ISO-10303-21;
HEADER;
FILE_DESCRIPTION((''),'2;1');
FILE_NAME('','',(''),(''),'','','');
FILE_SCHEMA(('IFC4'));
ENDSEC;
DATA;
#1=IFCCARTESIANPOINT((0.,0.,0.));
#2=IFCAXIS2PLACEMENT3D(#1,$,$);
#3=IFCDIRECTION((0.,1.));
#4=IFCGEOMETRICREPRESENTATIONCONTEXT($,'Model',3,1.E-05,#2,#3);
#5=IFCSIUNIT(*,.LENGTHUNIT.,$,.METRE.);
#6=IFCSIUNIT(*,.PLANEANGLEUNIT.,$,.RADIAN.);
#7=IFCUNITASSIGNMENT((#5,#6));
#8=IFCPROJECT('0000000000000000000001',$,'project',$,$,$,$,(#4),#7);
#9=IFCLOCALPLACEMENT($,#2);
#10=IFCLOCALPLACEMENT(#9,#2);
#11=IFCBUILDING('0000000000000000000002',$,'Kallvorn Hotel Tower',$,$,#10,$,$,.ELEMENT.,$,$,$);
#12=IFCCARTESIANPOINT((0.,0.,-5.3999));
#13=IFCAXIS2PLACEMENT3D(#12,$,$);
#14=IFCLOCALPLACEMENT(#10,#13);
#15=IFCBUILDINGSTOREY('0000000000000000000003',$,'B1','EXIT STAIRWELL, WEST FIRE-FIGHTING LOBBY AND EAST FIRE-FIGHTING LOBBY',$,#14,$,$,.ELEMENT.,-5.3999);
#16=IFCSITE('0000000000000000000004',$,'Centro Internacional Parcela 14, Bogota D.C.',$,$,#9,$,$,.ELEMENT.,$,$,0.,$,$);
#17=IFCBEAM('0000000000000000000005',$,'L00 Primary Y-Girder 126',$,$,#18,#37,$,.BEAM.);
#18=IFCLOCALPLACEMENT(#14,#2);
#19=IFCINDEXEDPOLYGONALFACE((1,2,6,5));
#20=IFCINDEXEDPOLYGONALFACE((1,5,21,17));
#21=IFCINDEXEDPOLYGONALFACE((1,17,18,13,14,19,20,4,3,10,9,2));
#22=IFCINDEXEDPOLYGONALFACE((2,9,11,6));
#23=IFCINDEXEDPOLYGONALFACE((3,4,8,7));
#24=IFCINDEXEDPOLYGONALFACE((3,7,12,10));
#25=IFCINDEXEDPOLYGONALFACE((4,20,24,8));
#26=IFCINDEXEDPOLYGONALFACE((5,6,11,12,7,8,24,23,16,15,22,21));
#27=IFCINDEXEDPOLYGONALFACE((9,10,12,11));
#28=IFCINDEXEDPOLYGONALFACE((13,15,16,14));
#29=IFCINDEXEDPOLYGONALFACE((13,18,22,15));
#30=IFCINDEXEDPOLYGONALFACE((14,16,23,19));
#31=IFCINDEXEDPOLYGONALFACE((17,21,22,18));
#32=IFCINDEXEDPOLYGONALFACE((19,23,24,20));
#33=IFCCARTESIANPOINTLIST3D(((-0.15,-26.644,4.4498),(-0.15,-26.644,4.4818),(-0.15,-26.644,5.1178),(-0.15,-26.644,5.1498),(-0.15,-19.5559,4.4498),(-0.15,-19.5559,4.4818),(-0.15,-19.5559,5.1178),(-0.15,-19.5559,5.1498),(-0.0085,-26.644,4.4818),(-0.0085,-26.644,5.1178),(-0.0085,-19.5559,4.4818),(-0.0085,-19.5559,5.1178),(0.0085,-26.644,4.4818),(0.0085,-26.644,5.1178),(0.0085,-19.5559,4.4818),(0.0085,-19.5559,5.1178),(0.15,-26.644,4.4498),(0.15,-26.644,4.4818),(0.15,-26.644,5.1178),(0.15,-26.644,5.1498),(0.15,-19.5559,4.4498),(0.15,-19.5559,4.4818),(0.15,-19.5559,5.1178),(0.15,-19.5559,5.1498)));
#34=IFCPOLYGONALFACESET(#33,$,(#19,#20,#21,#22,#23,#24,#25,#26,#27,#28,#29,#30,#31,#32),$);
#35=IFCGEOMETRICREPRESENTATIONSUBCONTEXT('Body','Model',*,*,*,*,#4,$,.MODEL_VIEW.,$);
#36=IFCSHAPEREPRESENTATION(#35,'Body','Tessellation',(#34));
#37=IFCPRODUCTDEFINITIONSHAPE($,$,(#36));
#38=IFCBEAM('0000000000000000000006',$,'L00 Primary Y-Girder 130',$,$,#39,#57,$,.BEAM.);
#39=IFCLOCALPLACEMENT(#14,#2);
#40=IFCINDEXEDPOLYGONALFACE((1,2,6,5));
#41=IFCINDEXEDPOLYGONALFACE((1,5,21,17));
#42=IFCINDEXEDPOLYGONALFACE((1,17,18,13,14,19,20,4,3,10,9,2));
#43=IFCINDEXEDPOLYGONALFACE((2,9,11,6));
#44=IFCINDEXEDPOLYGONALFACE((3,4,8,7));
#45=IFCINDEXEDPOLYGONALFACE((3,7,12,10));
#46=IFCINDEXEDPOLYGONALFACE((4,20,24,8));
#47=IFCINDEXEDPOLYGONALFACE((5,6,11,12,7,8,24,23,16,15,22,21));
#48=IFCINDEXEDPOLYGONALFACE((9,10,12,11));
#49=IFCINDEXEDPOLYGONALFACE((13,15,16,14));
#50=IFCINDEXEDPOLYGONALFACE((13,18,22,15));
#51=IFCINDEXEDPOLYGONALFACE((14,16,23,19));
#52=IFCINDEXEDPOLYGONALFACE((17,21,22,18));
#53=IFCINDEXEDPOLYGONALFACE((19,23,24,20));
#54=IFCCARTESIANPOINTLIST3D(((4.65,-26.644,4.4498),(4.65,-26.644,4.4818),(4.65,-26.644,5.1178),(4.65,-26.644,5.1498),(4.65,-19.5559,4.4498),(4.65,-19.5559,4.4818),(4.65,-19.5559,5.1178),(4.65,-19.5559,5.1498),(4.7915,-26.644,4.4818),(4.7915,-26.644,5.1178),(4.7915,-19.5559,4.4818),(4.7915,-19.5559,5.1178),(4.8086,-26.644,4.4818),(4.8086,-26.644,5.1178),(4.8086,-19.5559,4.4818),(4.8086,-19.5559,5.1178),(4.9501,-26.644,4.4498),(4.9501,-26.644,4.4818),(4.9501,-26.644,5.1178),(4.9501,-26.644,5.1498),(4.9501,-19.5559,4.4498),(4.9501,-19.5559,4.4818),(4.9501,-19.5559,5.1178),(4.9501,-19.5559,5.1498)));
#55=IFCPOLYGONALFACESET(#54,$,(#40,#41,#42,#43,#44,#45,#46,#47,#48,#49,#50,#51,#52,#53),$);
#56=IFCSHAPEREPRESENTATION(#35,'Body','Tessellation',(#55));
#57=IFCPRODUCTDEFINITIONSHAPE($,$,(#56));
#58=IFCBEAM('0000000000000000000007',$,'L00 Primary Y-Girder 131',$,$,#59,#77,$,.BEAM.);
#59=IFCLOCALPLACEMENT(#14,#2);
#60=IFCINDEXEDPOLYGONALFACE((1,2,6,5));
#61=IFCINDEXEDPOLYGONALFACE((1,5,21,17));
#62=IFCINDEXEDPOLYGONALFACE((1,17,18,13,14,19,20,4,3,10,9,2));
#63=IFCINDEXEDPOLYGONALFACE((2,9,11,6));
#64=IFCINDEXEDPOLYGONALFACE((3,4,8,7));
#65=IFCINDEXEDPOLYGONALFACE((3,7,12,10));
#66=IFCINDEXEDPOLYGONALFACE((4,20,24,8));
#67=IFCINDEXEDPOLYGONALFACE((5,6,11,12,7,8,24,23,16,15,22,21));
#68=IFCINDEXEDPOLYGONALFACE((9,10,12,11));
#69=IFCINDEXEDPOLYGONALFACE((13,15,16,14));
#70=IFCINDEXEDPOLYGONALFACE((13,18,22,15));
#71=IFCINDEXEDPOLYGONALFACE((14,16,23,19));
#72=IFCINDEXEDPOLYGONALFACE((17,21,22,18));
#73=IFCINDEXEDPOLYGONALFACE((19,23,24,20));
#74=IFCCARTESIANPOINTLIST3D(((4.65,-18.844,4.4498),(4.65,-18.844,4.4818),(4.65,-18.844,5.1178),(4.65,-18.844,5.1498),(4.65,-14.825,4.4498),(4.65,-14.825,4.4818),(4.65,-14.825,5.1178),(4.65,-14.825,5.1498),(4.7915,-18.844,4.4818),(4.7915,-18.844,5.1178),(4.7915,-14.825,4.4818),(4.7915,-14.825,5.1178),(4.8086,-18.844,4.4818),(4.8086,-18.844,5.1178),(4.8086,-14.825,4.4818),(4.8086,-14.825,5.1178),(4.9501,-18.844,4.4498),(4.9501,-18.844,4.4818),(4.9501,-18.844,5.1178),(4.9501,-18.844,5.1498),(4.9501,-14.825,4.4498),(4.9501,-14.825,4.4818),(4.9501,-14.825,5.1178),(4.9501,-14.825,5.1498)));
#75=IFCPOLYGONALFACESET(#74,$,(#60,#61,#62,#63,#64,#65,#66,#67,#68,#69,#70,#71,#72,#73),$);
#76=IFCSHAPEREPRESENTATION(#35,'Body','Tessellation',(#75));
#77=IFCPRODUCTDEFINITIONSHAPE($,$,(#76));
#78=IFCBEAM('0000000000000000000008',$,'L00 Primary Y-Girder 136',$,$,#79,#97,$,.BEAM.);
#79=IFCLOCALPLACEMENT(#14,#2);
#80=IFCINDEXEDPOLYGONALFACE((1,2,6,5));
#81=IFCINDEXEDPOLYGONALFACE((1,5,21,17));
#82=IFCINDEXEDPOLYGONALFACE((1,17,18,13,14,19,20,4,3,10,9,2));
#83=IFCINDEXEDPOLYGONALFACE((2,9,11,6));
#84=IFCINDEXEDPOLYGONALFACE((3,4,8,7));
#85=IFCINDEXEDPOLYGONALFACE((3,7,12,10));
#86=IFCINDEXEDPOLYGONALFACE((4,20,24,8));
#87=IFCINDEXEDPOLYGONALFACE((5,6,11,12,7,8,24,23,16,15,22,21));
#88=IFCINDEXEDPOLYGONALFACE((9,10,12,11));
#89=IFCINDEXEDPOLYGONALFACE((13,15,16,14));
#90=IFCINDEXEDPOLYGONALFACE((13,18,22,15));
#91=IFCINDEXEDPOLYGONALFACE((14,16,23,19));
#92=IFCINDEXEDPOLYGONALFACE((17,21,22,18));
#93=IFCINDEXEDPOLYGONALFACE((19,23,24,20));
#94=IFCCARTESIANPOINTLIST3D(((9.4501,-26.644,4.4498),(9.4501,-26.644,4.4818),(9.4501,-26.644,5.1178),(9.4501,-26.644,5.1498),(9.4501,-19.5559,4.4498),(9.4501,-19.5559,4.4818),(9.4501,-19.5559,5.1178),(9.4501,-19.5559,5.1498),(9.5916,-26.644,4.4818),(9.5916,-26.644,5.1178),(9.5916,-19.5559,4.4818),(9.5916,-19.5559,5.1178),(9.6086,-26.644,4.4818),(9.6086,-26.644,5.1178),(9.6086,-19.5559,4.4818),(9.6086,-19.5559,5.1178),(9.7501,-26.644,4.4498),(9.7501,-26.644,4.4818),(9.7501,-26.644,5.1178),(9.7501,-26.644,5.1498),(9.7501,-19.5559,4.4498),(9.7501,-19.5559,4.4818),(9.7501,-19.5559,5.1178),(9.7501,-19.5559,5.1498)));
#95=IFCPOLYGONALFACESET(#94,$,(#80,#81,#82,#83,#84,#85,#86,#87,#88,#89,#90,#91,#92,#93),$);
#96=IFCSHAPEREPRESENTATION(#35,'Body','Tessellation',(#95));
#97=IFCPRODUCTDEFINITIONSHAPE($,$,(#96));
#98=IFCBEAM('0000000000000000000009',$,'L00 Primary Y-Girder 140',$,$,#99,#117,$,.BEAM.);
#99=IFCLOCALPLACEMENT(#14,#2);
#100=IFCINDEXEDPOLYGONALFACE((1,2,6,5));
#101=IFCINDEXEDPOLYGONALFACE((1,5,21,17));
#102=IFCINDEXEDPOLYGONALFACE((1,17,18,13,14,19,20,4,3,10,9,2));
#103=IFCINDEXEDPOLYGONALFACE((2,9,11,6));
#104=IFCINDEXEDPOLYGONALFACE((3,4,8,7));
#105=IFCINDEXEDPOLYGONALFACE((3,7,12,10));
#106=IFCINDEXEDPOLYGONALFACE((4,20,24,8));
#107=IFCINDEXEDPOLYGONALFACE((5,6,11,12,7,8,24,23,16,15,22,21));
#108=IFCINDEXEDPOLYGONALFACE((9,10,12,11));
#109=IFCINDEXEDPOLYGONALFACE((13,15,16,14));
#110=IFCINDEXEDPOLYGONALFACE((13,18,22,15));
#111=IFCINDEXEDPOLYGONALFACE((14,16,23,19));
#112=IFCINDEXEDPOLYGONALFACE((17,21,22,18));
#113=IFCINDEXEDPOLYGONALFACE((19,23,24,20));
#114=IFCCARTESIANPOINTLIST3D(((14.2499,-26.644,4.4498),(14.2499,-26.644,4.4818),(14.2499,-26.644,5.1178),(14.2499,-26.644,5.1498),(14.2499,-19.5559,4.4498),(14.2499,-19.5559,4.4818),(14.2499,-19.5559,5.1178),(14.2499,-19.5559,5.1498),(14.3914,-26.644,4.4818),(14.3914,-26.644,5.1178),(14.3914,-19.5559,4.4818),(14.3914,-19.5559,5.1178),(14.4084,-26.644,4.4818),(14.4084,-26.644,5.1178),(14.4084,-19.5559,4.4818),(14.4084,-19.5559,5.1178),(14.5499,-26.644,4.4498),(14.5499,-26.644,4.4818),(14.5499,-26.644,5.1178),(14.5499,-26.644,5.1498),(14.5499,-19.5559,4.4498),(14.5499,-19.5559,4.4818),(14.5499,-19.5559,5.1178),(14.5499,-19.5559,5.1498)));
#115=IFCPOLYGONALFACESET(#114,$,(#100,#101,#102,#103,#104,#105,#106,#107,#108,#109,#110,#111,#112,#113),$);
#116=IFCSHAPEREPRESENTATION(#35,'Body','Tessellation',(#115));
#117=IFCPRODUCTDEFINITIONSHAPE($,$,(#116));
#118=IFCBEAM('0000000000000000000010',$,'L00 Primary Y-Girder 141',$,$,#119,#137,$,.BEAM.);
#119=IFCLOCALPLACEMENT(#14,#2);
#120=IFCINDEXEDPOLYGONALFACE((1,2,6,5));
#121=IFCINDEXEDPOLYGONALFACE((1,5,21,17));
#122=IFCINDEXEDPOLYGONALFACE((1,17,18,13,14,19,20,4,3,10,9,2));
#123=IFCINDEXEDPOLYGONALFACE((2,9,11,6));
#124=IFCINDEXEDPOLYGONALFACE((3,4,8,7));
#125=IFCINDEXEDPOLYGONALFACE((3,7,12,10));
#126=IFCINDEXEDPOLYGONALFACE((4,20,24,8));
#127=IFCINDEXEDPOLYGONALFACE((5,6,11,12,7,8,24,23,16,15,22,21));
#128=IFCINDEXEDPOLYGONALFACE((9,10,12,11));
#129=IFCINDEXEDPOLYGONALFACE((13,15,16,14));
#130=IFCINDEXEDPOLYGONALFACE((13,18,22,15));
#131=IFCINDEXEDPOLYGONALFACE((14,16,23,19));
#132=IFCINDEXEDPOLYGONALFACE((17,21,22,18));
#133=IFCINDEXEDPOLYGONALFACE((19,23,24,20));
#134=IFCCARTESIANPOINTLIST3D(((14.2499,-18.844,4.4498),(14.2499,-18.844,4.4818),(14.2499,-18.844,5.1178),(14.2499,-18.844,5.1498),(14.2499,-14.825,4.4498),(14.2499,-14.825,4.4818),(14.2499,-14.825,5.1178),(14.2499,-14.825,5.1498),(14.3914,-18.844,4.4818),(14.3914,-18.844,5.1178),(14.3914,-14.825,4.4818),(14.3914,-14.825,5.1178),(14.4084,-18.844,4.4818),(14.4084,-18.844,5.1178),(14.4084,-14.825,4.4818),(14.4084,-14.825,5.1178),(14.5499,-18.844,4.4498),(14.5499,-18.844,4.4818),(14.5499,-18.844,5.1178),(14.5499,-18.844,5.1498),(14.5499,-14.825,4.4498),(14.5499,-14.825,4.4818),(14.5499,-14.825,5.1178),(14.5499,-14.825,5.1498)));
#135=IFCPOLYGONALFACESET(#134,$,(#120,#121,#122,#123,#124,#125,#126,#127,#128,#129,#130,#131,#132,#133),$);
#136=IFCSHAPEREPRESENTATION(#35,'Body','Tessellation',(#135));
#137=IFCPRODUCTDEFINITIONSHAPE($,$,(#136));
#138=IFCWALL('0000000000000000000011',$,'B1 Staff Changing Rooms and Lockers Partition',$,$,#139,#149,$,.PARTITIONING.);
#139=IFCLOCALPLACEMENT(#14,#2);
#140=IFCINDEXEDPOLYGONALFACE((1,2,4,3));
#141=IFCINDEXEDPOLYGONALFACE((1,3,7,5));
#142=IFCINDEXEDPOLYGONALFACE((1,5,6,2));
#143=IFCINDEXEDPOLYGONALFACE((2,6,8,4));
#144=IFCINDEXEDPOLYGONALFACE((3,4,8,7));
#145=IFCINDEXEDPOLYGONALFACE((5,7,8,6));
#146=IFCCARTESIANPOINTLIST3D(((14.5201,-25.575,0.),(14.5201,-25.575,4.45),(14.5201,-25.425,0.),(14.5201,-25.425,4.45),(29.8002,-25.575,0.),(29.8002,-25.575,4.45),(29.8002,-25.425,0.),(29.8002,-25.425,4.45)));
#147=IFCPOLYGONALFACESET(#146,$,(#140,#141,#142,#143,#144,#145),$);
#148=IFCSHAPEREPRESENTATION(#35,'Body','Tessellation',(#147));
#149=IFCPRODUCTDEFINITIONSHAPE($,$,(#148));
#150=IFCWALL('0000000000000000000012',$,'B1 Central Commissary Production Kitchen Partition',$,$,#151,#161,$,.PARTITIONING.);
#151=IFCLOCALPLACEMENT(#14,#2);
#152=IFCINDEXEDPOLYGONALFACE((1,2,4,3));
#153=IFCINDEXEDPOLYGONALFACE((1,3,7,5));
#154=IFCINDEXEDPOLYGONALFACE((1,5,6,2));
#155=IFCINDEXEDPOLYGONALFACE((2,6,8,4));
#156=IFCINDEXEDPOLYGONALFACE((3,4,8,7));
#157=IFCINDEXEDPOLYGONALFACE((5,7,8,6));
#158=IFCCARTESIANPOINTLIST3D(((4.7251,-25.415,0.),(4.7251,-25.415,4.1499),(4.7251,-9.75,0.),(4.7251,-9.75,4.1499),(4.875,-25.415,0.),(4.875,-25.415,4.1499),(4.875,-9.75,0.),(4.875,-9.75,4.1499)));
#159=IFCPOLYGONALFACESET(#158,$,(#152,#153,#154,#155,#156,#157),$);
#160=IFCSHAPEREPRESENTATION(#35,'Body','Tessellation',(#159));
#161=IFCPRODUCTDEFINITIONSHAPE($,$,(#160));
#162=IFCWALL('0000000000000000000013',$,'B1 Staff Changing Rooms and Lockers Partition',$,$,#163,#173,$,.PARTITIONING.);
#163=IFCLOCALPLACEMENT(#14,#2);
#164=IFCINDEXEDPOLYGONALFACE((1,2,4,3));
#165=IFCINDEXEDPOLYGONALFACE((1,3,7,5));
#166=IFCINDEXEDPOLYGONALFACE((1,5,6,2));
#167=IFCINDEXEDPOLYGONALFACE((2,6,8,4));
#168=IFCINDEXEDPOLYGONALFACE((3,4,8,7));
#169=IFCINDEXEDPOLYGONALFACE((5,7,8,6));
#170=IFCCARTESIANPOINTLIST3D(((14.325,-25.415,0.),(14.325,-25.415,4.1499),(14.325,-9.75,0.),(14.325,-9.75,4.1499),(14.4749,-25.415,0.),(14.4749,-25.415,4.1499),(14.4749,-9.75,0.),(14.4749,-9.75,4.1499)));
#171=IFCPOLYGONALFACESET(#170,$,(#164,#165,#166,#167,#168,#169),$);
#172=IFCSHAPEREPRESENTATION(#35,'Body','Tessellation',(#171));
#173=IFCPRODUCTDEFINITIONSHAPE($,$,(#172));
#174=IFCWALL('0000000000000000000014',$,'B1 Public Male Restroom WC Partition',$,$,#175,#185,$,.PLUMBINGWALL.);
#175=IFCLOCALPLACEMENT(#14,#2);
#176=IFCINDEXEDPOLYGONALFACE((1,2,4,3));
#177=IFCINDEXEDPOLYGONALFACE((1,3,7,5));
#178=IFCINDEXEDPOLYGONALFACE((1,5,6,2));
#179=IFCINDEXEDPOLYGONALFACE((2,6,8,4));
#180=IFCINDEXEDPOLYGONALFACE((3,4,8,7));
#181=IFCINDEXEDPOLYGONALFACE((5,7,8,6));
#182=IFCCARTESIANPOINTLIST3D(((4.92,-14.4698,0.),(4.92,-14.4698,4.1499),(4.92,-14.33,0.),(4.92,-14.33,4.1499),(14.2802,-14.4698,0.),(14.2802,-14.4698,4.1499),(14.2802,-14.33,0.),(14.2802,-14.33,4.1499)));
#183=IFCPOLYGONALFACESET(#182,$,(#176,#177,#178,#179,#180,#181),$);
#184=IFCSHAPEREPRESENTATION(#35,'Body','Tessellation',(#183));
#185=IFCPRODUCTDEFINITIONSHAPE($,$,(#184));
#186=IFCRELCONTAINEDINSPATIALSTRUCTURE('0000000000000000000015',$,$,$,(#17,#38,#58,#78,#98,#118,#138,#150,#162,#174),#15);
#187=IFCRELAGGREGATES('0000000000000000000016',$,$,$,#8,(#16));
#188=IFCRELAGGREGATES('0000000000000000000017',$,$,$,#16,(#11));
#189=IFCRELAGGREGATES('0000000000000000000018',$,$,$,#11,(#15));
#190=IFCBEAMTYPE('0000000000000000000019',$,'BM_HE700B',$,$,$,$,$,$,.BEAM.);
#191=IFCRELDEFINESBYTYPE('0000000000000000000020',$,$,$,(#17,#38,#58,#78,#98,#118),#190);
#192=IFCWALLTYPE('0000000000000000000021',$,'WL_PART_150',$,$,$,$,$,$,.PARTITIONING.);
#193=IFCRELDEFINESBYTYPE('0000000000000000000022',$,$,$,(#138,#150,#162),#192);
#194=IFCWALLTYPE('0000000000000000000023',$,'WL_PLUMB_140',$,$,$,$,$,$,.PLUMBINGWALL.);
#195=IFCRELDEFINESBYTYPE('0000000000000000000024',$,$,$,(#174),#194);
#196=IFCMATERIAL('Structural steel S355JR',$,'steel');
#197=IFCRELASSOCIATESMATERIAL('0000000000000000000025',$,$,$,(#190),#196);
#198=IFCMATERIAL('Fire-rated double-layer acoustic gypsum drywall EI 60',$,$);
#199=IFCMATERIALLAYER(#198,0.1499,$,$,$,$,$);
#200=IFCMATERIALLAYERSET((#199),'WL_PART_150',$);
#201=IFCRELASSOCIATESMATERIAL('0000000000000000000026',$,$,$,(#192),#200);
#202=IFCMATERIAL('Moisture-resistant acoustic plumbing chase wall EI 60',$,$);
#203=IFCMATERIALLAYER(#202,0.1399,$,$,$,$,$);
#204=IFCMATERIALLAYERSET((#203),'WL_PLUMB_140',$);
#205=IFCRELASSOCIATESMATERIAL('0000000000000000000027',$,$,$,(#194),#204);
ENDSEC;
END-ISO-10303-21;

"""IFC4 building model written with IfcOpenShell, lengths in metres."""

from ifc_helpers import new_model, si_unit, direction, frame, frame_2d, origin, origin_2d, place, context, subcontext, project, spatial, rectangle, i_section, extrude, material, layer, layer_set, material_profile, profile_set, type_object, element, save


model = new_model("IFC4")

# Units and contexts
model_context = context("Model", 3, precision=1e-05, world=origin(), true_north=direction((0.0, 1.0)))
body_context = subcontext(model_context, "Body", "Model", "MODEL_VIEW")
ifc_project = project(units=[si_unit("LENGTHUNIT", "METRE"), si_unit("PLANEANGLEUNIT", "RADIAN")], contexts=[model_context])

# Site, building, storey
site_placement = place(None, origin())
site = spatial("IfcSite", under=ifc_project, at=site_placement, Name="Centro Internacional Parcela 14, Bogota D.C.", CompositionType="ELEMENT", RefElevation=0.0)
building_placement = place(site_placement, origin())
building = spatial("IfcBuilding", under=site, at=building_placement, Name="Kallvorn Hotel Tower", CompositionType="ELEMENT")
storey_placement = place(building_placement, frame((0.0, 0.0, -5.3999)))
storey = spatial("IfcBuildingStorey", under=building, at=storey_placement, Name="B1", Description="EXIT STAIRWELL, WEST FIRE-FIGHTING LOBBY AND EAST FIRE-FIGHTING LOBBY", CompositionType="ELEMENT", Elevation=-5.3999)

# Beams
ifc_material_1 = material(Name="Structural steel S355JR", Category="steel")
ifc_material_profile_1 = material_profile(ifc_material_1, i_section(OverallWidth=0.3, OverallDepth=0.7, WebThickness=0.0171, FlangeThickness=0.032, at=origin_2d()), Name="HE 700 B")
ifc_profile_set_1 = profile_set([ifc_material_profile_1], Name="Structural steel S355JR")
beam_type_1 = type_object("IfcBeamType", Name="BM_HE700B", PredefinedType="BEAM", material=ifc_profile_set_1)
for number, where, z_axis, x_axis, name in (
    (1, (0.0, -26.644, 4.7998), (0.0, 1.0, 0.0), (-1.0, 0.0, 0.0), "L00 Primary Y-Girder 126"),
    (2, (4.8, -26.644, 4.7998), (0.0, 1.0, 0.0), (-1.0, 0.0, 0.0), "L00 Primary Y-Girder 130"),
):
    element("IfcBeam", number, at=place(storey_placement, frame(where, z_axis=z_axis, x_axis=x_axis)), inside=storey, type_object=beam_type_1, Name=name, PredefinedType="BEAM", context=body_context, shape_type="SweptSolid", body=[
        extrude(i_section(OverallWidth=0.3, OverallDepth=0.7, WebThickness=0.0171, FlangeThickness=0.032, at=origin_2d()), origin(), (0.0, 0.0, 1.0), 7.0881),
    ])
beam_1_placement = place(storey_placement, frame((4.8, -18.844, 4.7998), z_axis=(0.0, 1.0, 0.0), x_axis=(-1.0, 0.0, 0.0)))
element("IfcBeam", 3, at=beam_1_placement, inside=storey, type_object=beam_type_1, Name="L00 Primary Y-Girder 131", PredefinedType="BEAM", context=body_context, shape_type="SweptSolid", body=[
    extrude(i_section(OverallWidth=0.3, OverallDepth=0.7, WebThickness=0.0171, FlangeThickness=0.032, at=origin_2d()), origin(), (0.0, 0.0, 1.0), 4.019),
])
for number, where, z_axis, x_axis, name in (
    (4, (9.6001, -26.644, 4.7998), (0.0, 1.0, 0.0), (-1.0, 0.0, 0.0), "L00 Primary Y-Girder 136"),
    (5, (14.3999, -26.644, 4.7998), (0.0, 1.0, 0.0), (-1.0, 0.0, 0.0), "L00 Primary Y-Girder 140"),
):
    element("IfcBeam", number, at=place(storey_placement, frame(where, z_axis=z_axis, x_axis=x_axis)), inside=storey, type_object=beam_type_1, Name=name, PredefinedType="BEAM", context=body_context, shape_type="SweptSolid", body=[
        extrude(i_section(OverallWidth=0.3, OverallDepth=0.7, WebThickness=0.0171, FlangeThickness=0.032, at=origin_2d()), origin(), (0.0, 0.0, 1.0), 7.0881),
    ])
beam_2_placement = place(storey_placement, frame((14.3999, -18.844, 4.7998), z_axis=(0.0, 1.0, 0.0), x_axis=(-1.0, 0.0, 0.0)))
element("IfcBeam", 6, at=beam_2_placement, inside=storey, type_object=beam_type_1, Name="L00 Primary Y-Girder 141", PredefinedType="BEAM", context=body_context, shape_type="SweptSolid", body=[
    extrude(i_section(OverallWidth=0.3, OverallDepth=0.7, WebThickness=0.0171, FlangeThickness=0.032, at=origin_2d()), origin(), (0.0, 0.0, 1.0), 4.019),
])

# Walls
ifc_material_2 = material(Name="Fire-rated double-layer acoustic gypsum drywall EI 60")
ifc_layer_1 = layer(ifc_material_2, 0.1499)
ifc_layer_set_1 = layer_set([ifc_layer_1], Name="WL_PART_150")
wall_type_1 = type_object("IfcWallType", Name="WL_PART_150", PredefinedType="PARTITIONING", material=ifc_layer_set_1)
wall_1_placement = place(storey_placement, frame((14.52, -25.5, 0.0), z_axis=(0.0, 0.0, 1.0), x_axis=(1.0, 0.0, 0.0)))
element("IfcWall", 7, at=wall_1_placement, inside=storey, type_object=wall_type_1, Name="B1 Staff Changing Rooms and Lockers Partition", PredefinedType="PARTITIONING", context=body_context, shape_type="SweptSolid", body=[
    extrude(rectangle(XDim=15.28, YDim=0.1499, at=frame_2d((7.6401, 0.0))), origin(), (0.0, 0.0, 1.0), 4.45),
])
for number, where, z_axis, x_axis, name in (
    (8, (4.8, -25.415, 0.0), (0.0, 0.0, 1.0), (0.0, 1.0, 0.0), "B1 Central Commissary Production Kitchen Partition"),
    (9, (14.3999, -25.415, 0.0), (0.0, 0.0, 1.0), (0.0, 1.0, 0.0), "B1 Staff Changing Rooms and Lockers Partition"),
):
    element("IfcWall", number, at=place(storey_placement, frame(where, z_axis=z_axis, x_axis=x_axis)), inside=storey, type_object=wall_type_1, Name=name, PredefinedType="PARTITIONING", context=body_context, shape_type="SweptSolid", body=[
        extrude(rectangle(XDim=15.665, YDim=0.1499, at=frame_2d((7.8325, 0.0))), origin(), (0.0, 0.0, 1.0), 4.1499),
    ])
ifc_material_3 = material(Name="Moisture-resistant acoustic plumbing chase wall EI 60")
ifc_layer_2 = layer(ifc_material_3, 0.1399)
ifc_layer_set_2 = layer_set([ifc_layer_2], Name="WL_PLUMB_140")
wall_type_2 = type_object("IfcWallType", Name="WL_PLUMB_140", PredefinedType="PLUMBINGWALL", material=ifc_layer_set_2)
wall_2_placement = place(storey_placement, frame((4.9199, -14.3999, 0.0), z_axis=(0.0, 0.0, 1.0), x_axis=(1.0, 0.0, 0.0)))
element("IfcWall", 10, at=wall_2_placement, inside=storey, type_object=wall_type_2, Name="B1 Public Male Restroom WC Partition", PredefinedType="PLUMBINGWALL", context=body_context, shape_type="SweptSolid", body=[
    extrude(rectangle(XDim=9.3601, YDim=0.1399, at=frame_2d((4.6802, 0.0))), origin(), (0.0, 0.0, 1.0), 4.1499),
])

save(model, "model.ifc")
